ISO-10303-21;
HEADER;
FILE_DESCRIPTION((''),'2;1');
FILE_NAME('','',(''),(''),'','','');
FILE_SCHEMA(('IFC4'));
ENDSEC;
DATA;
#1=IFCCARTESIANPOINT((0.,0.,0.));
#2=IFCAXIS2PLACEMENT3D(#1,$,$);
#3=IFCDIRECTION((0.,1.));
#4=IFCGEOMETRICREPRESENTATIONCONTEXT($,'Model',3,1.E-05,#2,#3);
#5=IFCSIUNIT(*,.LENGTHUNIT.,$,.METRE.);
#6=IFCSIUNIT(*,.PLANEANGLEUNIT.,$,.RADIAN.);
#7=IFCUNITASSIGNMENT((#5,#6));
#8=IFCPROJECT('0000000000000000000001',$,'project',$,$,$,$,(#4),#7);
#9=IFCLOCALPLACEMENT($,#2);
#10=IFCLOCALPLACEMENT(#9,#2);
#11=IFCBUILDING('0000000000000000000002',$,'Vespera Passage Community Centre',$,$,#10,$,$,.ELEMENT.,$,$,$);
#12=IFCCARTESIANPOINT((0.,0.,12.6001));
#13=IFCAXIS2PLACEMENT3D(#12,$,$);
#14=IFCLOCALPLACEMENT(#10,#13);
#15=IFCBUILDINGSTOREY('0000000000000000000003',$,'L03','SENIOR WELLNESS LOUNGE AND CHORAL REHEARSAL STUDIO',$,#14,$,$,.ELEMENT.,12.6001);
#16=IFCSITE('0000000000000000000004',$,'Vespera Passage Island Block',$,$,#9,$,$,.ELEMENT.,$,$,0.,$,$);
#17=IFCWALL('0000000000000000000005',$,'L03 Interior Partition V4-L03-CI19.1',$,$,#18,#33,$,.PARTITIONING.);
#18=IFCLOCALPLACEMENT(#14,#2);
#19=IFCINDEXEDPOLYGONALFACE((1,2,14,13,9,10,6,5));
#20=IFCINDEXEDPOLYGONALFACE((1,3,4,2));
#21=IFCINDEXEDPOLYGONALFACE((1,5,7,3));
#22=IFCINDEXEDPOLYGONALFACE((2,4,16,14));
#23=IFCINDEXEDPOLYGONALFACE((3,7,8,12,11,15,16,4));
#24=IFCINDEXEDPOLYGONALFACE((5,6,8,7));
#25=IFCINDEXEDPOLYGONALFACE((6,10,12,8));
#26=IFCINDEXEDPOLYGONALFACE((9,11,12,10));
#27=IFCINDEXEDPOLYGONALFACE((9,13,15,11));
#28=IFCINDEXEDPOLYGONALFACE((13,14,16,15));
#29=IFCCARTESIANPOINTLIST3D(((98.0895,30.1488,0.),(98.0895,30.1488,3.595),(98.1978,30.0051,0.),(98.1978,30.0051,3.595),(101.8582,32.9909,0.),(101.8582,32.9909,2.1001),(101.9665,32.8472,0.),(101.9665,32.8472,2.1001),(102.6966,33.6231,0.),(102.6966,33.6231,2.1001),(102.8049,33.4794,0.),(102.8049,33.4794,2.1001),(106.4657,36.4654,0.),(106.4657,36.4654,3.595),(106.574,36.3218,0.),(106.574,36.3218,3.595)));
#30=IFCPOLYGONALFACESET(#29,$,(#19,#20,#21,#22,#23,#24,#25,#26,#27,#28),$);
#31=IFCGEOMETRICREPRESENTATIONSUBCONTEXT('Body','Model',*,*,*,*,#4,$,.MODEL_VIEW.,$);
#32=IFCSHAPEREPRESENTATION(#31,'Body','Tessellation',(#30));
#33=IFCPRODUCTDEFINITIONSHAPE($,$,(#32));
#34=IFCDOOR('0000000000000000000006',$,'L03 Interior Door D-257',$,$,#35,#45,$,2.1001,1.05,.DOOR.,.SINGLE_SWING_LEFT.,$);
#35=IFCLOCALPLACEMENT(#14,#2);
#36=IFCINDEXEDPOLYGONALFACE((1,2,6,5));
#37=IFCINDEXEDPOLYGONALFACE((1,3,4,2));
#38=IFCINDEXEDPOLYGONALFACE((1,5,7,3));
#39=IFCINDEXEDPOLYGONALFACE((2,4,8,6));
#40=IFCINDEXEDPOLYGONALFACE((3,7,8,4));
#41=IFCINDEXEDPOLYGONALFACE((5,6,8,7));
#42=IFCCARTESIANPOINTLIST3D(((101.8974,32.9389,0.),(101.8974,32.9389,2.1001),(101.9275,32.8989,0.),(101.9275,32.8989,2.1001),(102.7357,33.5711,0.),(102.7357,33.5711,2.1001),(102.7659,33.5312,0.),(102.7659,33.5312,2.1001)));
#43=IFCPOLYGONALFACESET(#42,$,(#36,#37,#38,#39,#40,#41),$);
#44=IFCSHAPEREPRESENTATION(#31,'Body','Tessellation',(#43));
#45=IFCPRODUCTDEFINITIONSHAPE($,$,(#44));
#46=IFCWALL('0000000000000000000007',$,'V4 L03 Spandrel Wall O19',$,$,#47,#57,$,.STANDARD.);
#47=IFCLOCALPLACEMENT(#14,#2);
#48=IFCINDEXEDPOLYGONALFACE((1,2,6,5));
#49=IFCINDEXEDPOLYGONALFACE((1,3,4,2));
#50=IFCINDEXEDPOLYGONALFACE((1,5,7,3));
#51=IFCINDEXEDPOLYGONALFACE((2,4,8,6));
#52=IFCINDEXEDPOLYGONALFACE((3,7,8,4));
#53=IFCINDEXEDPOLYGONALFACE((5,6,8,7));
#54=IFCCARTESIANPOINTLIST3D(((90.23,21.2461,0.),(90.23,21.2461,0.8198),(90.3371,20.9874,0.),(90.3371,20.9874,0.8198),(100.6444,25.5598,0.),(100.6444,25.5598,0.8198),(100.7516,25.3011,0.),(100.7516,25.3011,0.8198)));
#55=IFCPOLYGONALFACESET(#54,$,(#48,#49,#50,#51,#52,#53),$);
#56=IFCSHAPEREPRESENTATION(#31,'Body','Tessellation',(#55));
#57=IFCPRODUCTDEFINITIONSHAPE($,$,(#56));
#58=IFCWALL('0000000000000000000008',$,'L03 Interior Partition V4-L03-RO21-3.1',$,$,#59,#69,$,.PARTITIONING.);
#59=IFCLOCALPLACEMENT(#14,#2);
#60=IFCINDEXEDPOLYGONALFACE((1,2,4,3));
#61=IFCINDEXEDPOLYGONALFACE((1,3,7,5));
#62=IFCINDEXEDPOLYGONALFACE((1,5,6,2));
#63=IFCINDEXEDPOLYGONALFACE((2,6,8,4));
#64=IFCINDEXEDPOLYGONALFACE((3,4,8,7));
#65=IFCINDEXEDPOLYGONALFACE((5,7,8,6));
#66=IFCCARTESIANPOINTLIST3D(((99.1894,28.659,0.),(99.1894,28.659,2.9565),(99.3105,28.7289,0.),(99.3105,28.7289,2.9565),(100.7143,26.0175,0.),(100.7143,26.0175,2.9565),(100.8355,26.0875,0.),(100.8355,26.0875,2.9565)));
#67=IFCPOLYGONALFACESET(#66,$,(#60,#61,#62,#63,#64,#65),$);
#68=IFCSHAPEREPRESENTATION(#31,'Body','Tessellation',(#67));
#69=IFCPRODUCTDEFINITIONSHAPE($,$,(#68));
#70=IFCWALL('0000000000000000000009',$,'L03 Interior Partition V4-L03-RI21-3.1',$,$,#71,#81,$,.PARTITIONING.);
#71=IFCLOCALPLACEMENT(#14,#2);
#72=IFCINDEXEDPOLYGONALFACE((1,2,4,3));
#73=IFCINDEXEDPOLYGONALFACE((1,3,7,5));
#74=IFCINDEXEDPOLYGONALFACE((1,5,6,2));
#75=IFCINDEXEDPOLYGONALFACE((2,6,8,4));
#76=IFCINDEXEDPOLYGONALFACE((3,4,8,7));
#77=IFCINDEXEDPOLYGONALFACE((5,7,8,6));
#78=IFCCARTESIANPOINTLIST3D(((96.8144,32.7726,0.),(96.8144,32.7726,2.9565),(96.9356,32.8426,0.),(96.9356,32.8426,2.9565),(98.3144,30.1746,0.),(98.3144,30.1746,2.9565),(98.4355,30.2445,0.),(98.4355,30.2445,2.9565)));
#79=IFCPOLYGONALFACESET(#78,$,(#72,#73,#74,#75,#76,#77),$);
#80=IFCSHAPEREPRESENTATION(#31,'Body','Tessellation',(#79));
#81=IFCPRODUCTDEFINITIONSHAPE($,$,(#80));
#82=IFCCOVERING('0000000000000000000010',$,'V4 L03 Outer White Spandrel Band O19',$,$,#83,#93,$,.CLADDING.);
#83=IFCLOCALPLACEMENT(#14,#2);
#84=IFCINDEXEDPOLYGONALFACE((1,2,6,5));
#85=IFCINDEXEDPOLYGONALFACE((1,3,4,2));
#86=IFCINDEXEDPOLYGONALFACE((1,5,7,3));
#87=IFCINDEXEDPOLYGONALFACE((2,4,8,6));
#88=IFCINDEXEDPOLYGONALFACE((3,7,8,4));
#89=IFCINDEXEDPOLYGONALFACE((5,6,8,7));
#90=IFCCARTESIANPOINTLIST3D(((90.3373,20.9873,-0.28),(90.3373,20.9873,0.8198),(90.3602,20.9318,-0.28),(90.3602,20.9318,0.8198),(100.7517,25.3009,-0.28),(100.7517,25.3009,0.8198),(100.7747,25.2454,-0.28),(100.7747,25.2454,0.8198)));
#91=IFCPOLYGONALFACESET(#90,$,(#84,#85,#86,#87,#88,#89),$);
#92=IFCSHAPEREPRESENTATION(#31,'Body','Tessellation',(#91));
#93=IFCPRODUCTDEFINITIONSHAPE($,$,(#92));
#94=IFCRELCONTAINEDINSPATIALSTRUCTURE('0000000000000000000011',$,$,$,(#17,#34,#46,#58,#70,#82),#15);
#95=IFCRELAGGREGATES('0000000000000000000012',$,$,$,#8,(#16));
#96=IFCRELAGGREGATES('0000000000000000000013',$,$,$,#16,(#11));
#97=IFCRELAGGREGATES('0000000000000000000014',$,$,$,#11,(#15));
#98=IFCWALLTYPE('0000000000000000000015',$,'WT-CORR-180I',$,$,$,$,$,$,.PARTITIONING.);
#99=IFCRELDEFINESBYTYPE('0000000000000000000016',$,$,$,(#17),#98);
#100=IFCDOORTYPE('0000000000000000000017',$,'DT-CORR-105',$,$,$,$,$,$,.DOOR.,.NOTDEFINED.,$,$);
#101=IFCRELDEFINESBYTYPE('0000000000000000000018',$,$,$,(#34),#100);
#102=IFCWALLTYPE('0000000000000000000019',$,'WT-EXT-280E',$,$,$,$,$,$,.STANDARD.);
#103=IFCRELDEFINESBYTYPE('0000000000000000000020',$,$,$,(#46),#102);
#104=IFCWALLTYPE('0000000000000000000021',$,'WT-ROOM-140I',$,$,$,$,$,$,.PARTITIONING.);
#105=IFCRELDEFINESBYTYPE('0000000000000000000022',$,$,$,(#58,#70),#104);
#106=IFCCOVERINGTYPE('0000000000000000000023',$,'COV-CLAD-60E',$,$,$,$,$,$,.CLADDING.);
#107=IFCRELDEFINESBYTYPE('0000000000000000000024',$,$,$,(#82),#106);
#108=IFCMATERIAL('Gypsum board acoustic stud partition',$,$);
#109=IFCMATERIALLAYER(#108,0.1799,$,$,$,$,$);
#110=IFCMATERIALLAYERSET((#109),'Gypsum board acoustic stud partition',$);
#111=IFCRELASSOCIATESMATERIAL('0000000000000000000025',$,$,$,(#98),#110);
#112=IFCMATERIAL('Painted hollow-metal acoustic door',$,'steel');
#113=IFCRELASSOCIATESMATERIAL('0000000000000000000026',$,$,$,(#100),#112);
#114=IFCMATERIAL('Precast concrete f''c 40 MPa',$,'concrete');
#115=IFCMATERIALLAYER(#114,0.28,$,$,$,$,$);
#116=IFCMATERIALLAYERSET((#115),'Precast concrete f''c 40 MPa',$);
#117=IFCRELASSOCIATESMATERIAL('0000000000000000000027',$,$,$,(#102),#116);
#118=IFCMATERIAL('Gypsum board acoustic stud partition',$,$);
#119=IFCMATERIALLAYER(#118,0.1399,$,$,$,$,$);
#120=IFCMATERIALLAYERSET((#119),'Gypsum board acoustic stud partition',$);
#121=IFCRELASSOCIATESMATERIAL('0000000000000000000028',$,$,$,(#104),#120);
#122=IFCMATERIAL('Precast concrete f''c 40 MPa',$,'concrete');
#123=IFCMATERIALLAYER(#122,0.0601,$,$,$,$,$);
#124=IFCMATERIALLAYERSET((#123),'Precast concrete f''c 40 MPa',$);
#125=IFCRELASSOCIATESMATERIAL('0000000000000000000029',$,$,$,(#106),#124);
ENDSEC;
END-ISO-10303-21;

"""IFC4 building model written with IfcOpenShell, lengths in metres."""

from ifc_helpers import new_model, si_unit, direction, frame, frame_2d, origin, place, context, subcontext, project, spatial, rectangle, extrude, material, layer, layer_set, type_object, element, fill, save


model = new_model("IFC4")

# Units and contexts
model_context = context("Model", 3, precision=1e-05, world=origin(), true_north=direction((0.0, 1.0)))
body_context = subcontext(model_context, "Body", "Model", "MODEL_VIEW")
ifc_project = project(units=[si_unit("LENGTHUNIT", "METRE"), si_unit("PLANEANGLEUNIT", "RADIAN")], contexts=[model_context])

# Site, building, storey
site_placement = place(None, origin())
site = spatial("IfcSite", under=ifc_project, at=site_placement, Name="Vespera Passage Island Block", CompositionType="ELEMENT", RefElevation=0.0)
building_placement = place(site_placement, origin())
building = spatial("IfcBuilding", under=site, at=building_placement, Name="Vespera Passage Community Centre", CompositionType="ELEMENT")
storey_placement = place(building_placement, frame((0.0, 0.0, 12.6001)))
storey = spatial("IfcBuildingStorey", under=building, at=storey_placement, Name="L03", Description="SENIOR WELLNESS LOUNGE AND CHORAL REHEARSAL STUDIO", CompositionType="ELEMENT", Elevation=12.6001)

# Wall, opening, door
ifc_material_1 = material(Name="Gypsum board acoustic stud partition")
ifc_layer_1 = layer(ifc_material_1, 0.1799)
ifc_layer_set_1 = layer_set([ifc_layer_1], Name="Gypsum board acoustic stud partition")
wall_type_1 = type_object("IfcWallType", Name="WT-CORR-180I", PredefinedType="PARTITIONING", material=ifc_layer_set_1)
wall_1_placement = place(storey_placement, frame((98.1436, 30.0769, 0.0), z_axis=(0.0, 0.0, 1.0), x_axis=(0.798419, 0.602102, 0.0)))
wall_1 = element("IfcWall", 1, at=wall_1_placement, inside=storey, type_object=wall_type_1, Name="L03 Interior Partition V4-L03-CI19.1", PredefinedType="PARTITIONING", context=body_context, shape_type="SweptSolid", body=[
    extrude(rectangle(XDim=10.491, YDim=0.1799, at=frame_2d((5.2456, 0.0))), origin(), (0.0, 0.0, 1.0), 3.595),
])
opening_1_placement = place(wall_1_placement, frame((4.7205, 0.0, 0.0)))
opening_1 = element("IfcOpeningElement", 2, at=opening_1_placement, cuts=wall_1, PredefinedType="OPENING", context=body_context, shape_type="SweptSolid", body=[
    extrude(rectangle(XDim=1.05, YDim=2.1001, at=frame_2d((0.5249, 1.05))), frame((0.0, 0.0999, 0.0), z_axis=(0.0, -1.0, 0.0), x_axis=(1.0, 0.0, 0.0)), (0.0, 0.0, 1.0), 0.2),
])
ifc_material_2 = material(Name="Painted hollow-metal acoustic door", Category="steel")
door_type_1 = type_object("IfcDoorType", Name="DT-CORR-105", OperationType="NOTDEFINED", PredefinedType="DOOR", material=ifc_material_2)
door_1_placement = place(opening_1_placement, origin())
door_1 = element("IfcDoor", 3, at=door_1_placement, inside=storey, type_object=door_type_1, Name="L03 Interior Door D-257", OperationType="SINGLE_SWING_LEFT", OverallHeight=2.1001, OverallWidth=1.05, PredefinedType="DOOR", context=body_context, shape_type="SweptSolid", body=[
    extrude(rectangle(XDim=1.05, YDim=2.1001, at=frame_2d((0.5249, 1.05))), frame((0.0, 0.0249, 0.0), z_axis=(0.0, -1.0, 0.0), x_axis=(1.0, 0.0, 0.0)), (0.0, 0.0, 1.0), 0.05),
])
fill(opening_1, door_1)

# Walls
ifc_material_3 = material(Name="Precast concrete f'c 40 MPa", Category="concrete")
ifc_layer_2 = layer(ifc_material_3, 0.28)
ifc_layer_set_2 = layer_set([ifc_layer_2], Name="Precast concrete f'c 40 MPa")
wall_type_2 = type_object("IfcWallType", Name="WT-EXT-280E", PredefinedType="STANDARD", material=ifc_layer_set_2)
wall_2_placement = place(storey_placement, frame((100.698, 25.4304, 0.0), z_axis=(0.0, 0.0, 1.0), x_axis=(-0.923884, -0.382674, 0.0)))
element("IfcWall", 4, at=wall_2_placement, inside=storey, type_object=wall_type_2, Name="V4 L03 Spandrel Wall O19", PredefinedType="STANDARD", context=body_context, shape_type="SweptSolid", body=[
    extrude(rectangle(XDim=11.2725, YDim=0.28, at=frame_2d((5.6362, 0.0))), origin(), (0.0, 0.0, 1.0), 0.8198),
])
ifc_material_4 = material(Name="Gypsum board acoustic stud partition")
ifc_layer_3 = layer(ifc_material_4, 0.1399)
ifc_layer_set_3 = layer_set([ifc_layer_3], Name="Gypsum board acoustic stud partition")
wall_type_3 = type_object("IfcWallType", Name="WT-ROOM-140I", PredefinedType="PARTITIONING", material=ifc_layer_set_3)
wall_3_placement = place(storey_placement, frame((99.25, 28.6938, 0.0), z_axis=(0.0, 0.0, 1.0), x_axis=(0.499979, -0.866038, 0.0)))
element("IfcWall", 5, at=wall_3_placement, inside=storey, type_object=wall_type_3, Name="L03 Interior Partition V4-L03-RO21-3.1", PredefinedType="PARTITIONING", context=body_context, shape_type="SweptSolid", body=[
    extrude(rectangle(XDim=3.05, YDim=0.1399, at=frame_2d((1.5249, 0.0))), origin(), (0.0, 0.0, 1.0), 2.9565),
])
wall_4_placement = place(storey_placement, frame((96.875, 32.8076, 0.0), z_axis=(0.0, 0.0, 1.0), x_axis=(0.49999, -0.866031, 0.0)))
element("IfcWall", 6, at=wall_4_placement, inside=storey, type_object=wall_type_3, Name="L03 Interior Partition V4-L03-RI21-3.1", PredefinedType="PARTITIONING", context=body_context, shape_type="SweptSolid", body=[
    extrude(rectangle(XDim=3.0, YDim=0.1399, at=frame_2d((1.5, 0.0))), origin(), (0.0, 0.0, 1.0), 2.9565),
])

# Covering
ifc_material_5 = material(Name="Precast concrete f'c 40 MPa", Category="concrete")
ifc_layer_4 = layer(ifc_material_5, 0.0601)
ifc_layer_set_4 = layer_set([ifc_layer_4], Name="Precast concrete f'c 40 MPa")
covering_type = type_object("IfcCoveringType", Name="COV-CLAD-60E", PredefinedType="CLADDING", material=ifc_layer_set_4)
covering_placement = place(storey_placement, frame((100.7632, 25.2732, -0.28), z_axis=(0.0, 0.0, 1.0), x_axis=(-0.923884, -0.382674, 0.0)))
element("IfcCovering", 7, at=covering_placement, inside=storey, type_object=covering_type, Name="V4 L03 Outer White Spandrel Band O19", PredefinedType="CLADDING", context=body_context, shape_type="SweptSolid", body=[
    extrude(rectangle(XDim=11.2725, YDim=0.0601, at=frame_2d((5.6362, 0.0))), origin(), (0.0, 0.0, 1.0), 1.0999),
])

save(model, "model.ifc")
